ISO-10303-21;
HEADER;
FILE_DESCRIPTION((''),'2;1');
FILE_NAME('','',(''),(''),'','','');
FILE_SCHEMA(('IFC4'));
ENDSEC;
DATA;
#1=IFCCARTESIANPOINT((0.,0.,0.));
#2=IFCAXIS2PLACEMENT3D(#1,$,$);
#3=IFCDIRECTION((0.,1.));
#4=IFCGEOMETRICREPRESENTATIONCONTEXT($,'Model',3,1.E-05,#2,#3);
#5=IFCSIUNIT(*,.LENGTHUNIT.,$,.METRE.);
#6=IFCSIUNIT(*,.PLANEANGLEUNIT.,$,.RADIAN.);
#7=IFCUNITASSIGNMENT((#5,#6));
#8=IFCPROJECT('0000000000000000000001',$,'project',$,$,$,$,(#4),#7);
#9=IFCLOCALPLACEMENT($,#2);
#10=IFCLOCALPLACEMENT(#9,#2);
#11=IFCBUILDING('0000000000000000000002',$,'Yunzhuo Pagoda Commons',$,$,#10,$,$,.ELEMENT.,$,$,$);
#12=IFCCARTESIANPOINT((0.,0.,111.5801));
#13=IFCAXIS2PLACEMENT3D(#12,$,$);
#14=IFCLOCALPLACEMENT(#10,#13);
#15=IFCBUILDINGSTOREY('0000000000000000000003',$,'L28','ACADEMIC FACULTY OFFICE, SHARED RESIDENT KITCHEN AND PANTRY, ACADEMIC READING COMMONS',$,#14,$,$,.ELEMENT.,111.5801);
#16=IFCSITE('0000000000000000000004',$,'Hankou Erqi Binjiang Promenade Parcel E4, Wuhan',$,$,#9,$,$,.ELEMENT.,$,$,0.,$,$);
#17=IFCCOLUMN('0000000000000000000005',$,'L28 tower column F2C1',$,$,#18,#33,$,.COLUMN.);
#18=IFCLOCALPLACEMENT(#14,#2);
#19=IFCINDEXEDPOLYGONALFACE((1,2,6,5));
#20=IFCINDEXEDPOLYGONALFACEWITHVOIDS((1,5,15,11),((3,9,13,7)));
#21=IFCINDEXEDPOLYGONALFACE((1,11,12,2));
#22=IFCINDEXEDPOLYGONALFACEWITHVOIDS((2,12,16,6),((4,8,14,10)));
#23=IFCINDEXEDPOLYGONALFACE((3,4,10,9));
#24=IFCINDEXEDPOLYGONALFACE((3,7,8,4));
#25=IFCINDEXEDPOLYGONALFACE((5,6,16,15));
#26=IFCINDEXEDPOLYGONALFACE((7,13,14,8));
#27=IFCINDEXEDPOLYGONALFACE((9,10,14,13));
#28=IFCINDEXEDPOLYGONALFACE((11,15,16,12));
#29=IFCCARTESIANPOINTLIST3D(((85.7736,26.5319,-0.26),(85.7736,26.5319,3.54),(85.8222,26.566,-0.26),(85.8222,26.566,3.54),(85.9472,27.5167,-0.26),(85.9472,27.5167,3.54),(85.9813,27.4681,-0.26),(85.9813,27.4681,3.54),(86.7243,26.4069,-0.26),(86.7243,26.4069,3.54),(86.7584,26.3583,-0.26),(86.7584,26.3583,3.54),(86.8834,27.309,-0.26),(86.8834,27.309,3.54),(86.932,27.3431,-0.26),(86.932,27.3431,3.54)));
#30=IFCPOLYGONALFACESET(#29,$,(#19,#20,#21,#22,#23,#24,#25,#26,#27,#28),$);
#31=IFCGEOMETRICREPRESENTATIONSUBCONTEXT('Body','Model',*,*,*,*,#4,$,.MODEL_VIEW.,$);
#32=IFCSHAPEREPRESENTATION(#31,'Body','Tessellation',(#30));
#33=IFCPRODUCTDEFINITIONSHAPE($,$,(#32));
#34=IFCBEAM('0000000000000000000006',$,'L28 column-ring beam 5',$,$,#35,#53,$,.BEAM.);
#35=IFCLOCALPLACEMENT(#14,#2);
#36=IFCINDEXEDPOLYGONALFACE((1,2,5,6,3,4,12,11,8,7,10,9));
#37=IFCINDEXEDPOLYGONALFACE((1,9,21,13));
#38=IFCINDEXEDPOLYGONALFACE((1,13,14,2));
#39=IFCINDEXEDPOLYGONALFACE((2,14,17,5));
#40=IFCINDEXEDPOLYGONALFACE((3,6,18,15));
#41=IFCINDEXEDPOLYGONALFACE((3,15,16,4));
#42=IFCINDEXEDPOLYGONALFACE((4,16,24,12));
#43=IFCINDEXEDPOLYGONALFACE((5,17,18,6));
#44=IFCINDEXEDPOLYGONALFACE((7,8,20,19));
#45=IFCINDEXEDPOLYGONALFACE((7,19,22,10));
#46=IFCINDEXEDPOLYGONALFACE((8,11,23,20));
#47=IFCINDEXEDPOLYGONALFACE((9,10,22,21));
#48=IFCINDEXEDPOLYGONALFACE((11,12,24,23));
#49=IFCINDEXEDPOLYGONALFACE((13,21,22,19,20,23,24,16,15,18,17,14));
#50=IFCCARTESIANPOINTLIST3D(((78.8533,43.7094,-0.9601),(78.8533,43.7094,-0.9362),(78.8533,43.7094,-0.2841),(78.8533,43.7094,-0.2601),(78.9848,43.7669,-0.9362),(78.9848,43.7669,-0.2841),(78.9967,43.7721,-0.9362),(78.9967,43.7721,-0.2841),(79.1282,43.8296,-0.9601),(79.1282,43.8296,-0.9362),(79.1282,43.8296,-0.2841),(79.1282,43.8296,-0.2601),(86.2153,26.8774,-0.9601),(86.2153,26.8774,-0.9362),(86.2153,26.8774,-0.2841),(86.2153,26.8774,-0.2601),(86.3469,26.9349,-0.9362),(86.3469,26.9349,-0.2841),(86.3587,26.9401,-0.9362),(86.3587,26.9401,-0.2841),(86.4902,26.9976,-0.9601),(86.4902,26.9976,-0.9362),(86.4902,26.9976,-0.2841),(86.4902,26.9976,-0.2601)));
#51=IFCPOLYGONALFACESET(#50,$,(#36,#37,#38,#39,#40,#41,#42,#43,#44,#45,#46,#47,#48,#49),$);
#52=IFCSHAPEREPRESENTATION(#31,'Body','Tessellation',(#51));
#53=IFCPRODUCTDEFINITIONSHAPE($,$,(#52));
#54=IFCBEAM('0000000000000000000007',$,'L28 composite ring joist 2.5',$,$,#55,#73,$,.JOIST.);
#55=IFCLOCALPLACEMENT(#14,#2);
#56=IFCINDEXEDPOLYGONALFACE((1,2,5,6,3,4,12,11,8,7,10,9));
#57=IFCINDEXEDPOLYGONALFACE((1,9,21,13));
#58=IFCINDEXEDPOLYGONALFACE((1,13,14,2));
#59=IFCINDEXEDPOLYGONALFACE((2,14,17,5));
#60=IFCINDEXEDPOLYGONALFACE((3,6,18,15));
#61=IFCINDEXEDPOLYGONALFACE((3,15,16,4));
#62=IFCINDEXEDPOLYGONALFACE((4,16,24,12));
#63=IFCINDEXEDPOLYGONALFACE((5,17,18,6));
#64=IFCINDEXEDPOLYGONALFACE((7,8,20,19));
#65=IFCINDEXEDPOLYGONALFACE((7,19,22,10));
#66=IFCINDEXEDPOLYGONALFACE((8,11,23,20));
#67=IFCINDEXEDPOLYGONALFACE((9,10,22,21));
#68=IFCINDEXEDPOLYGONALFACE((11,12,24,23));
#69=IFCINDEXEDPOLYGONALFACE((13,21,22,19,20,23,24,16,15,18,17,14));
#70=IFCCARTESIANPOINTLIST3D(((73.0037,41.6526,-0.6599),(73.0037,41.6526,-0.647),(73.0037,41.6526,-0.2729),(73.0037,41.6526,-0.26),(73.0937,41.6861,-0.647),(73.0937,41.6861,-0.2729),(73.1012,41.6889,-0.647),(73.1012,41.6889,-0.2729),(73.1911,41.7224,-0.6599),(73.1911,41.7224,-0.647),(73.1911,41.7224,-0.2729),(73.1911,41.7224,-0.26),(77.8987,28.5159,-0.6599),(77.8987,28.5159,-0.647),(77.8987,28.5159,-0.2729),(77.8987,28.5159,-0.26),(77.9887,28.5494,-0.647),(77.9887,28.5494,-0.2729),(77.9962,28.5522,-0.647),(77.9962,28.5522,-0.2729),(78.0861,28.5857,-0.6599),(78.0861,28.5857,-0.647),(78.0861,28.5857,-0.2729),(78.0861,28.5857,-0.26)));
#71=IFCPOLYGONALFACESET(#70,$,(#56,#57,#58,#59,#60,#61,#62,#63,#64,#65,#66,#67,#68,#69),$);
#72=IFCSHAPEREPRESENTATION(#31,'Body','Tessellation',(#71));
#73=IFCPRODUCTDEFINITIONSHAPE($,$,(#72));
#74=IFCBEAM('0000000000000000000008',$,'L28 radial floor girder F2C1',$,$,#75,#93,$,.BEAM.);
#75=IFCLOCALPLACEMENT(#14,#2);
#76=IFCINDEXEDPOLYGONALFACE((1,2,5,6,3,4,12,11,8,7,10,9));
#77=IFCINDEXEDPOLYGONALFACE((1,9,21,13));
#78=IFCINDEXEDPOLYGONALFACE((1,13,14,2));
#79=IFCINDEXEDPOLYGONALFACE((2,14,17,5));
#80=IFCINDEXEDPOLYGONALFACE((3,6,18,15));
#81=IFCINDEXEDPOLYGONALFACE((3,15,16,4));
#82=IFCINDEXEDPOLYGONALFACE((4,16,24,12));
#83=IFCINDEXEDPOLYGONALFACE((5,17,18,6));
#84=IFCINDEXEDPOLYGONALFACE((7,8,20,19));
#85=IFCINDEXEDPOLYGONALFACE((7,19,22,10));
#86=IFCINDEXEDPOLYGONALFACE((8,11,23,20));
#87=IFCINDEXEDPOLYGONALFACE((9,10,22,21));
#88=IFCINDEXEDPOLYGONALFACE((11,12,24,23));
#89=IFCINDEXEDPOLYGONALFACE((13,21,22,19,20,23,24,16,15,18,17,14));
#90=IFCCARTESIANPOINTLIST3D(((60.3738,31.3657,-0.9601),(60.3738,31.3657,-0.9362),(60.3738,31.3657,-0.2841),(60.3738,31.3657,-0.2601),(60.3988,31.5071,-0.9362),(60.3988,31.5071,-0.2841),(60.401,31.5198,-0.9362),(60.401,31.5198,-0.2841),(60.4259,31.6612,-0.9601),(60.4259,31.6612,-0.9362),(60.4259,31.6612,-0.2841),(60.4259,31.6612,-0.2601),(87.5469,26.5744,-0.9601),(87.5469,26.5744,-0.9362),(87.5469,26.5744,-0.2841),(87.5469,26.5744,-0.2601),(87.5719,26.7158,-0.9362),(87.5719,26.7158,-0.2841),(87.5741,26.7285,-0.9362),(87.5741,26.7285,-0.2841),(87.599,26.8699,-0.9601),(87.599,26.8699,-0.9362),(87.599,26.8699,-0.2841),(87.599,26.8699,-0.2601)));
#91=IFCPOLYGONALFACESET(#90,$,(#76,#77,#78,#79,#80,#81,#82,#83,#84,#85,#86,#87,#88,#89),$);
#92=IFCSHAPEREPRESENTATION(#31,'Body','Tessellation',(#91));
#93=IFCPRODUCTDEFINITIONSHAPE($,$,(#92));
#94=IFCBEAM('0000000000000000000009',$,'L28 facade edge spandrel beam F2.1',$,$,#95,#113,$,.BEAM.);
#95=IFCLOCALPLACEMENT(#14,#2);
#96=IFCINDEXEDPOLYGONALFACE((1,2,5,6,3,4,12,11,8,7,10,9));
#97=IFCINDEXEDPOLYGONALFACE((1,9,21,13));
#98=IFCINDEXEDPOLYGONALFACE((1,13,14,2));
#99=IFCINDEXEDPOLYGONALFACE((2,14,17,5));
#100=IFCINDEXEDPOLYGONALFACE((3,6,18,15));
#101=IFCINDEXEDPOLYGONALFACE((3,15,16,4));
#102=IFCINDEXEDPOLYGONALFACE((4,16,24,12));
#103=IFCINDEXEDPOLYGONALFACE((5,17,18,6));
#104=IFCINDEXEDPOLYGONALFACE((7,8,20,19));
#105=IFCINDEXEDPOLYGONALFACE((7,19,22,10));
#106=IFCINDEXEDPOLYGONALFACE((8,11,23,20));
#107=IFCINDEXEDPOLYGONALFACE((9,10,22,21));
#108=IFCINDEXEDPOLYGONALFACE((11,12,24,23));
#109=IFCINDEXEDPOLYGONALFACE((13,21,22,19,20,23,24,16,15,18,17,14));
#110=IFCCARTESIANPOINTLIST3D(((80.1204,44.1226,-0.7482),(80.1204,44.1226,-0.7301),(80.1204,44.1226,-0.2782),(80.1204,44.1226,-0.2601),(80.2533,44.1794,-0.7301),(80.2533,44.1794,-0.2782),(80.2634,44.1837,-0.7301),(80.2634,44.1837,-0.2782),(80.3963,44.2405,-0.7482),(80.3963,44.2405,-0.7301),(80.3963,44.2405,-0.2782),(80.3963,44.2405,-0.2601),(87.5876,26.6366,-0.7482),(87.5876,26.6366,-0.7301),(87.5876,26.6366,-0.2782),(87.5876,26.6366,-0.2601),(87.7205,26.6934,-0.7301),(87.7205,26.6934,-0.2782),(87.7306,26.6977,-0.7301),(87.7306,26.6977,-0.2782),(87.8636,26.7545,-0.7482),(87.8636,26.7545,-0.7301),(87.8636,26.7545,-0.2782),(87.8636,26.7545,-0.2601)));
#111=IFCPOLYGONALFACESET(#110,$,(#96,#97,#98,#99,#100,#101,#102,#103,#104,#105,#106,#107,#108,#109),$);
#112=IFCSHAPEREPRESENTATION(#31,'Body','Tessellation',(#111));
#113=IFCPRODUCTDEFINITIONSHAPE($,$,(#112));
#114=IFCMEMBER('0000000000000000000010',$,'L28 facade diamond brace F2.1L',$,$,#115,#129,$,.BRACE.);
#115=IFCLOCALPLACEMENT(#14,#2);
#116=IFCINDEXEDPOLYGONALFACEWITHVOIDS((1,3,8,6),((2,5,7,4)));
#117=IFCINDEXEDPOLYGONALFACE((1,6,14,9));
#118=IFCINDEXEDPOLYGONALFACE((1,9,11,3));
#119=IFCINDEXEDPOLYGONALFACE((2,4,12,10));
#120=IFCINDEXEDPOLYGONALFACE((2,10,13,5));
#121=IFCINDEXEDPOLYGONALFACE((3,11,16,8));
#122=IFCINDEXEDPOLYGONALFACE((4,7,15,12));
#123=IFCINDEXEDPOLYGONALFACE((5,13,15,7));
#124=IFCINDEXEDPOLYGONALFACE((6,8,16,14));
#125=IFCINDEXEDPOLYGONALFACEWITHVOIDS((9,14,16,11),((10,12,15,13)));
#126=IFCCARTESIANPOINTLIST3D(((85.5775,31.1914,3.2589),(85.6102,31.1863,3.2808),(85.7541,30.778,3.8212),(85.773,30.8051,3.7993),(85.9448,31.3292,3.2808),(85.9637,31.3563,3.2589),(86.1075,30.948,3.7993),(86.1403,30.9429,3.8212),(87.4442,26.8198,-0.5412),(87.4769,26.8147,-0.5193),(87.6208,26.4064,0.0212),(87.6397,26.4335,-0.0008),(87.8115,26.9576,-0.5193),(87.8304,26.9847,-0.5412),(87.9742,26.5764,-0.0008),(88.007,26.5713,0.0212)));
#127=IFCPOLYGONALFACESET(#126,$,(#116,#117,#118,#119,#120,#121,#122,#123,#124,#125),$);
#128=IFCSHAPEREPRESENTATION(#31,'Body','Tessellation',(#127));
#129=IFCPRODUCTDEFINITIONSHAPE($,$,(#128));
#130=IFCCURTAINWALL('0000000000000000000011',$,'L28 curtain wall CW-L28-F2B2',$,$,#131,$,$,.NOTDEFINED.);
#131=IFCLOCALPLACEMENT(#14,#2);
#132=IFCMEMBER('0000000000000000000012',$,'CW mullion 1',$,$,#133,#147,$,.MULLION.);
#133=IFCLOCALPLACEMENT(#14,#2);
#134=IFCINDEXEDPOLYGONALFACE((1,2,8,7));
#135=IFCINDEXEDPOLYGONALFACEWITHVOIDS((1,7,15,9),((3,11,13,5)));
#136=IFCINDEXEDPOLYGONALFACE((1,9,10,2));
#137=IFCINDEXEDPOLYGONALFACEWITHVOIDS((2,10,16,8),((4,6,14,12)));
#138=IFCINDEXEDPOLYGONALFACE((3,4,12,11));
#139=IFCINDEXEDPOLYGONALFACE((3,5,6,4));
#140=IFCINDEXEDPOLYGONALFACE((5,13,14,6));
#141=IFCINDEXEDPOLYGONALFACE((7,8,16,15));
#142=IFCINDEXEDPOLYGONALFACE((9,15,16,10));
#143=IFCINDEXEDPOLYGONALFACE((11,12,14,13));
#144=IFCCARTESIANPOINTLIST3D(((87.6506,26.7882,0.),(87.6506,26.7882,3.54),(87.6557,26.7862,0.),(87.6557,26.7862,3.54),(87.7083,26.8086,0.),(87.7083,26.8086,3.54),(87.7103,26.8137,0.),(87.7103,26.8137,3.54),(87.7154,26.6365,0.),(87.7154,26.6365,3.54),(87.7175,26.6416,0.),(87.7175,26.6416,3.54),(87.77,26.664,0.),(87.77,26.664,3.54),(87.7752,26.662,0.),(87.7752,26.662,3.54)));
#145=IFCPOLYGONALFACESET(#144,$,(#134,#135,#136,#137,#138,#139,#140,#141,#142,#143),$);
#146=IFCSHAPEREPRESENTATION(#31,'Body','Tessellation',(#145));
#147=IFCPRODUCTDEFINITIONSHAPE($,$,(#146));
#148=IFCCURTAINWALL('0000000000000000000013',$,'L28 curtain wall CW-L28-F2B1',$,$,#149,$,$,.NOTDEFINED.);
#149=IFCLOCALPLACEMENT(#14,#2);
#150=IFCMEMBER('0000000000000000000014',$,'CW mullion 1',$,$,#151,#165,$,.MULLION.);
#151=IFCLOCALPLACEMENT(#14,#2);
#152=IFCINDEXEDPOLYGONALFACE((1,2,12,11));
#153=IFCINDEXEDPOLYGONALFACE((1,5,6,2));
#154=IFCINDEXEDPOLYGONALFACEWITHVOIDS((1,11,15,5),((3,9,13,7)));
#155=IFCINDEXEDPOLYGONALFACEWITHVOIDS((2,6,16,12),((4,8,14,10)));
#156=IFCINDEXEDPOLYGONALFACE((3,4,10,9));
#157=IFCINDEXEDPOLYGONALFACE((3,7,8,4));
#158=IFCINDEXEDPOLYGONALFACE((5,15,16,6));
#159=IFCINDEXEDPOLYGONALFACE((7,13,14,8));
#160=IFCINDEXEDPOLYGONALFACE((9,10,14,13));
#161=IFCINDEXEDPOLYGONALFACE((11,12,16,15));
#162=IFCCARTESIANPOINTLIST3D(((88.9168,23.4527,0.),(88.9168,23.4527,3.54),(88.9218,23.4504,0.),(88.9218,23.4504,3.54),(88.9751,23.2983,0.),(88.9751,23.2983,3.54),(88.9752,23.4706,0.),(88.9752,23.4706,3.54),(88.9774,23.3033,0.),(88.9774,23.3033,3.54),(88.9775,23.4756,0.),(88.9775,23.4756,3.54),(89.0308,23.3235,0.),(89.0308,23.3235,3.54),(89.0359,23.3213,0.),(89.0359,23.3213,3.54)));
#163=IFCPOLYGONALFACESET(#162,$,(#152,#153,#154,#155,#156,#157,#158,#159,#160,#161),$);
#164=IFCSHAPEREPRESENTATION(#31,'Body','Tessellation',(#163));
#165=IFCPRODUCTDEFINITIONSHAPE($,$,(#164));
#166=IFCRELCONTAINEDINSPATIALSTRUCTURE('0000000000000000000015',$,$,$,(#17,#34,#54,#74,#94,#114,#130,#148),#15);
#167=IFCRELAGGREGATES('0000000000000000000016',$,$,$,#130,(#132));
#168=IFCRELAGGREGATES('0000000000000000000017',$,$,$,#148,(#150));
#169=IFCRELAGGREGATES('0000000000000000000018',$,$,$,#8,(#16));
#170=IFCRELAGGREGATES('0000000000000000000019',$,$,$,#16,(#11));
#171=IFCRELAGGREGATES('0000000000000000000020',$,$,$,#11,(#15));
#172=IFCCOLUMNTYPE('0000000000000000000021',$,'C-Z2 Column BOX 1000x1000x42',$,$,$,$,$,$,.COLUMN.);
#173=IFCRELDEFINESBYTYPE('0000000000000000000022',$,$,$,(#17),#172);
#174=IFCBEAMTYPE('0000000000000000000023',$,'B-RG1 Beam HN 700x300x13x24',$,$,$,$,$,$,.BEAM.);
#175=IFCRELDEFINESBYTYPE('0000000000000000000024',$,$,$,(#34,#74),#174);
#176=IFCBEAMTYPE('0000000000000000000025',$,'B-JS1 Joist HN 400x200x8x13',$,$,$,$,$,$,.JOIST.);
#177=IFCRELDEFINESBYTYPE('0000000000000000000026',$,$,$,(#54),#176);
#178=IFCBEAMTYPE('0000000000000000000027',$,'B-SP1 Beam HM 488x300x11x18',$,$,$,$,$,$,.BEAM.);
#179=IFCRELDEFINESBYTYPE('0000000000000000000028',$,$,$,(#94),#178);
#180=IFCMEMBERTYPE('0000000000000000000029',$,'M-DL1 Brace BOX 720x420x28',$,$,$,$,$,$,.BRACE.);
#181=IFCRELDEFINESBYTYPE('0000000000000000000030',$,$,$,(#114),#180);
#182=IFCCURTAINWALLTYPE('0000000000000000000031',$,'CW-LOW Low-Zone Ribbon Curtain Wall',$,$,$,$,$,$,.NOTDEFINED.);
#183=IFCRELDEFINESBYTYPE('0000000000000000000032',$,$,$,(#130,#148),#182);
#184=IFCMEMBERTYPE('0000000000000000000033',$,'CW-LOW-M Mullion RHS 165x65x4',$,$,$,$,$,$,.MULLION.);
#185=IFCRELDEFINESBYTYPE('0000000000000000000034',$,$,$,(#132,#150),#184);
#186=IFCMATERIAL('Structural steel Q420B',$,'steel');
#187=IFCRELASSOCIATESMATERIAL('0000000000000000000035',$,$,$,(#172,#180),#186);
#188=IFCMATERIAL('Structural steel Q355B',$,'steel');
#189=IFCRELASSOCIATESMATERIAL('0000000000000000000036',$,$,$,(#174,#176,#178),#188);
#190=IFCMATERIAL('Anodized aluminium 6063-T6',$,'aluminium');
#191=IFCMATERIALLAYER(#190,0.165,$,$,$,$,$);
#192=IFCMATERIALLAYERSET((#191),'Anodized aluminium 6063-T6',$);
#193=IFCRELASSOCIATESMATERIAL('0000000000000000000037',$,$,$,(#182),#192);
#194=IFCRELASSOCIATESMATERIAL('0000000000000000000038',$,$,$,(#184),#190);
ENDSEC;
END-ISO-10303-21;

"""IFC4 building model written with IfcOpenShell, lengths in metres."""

from ifc_helpers import new_model, si_unit, direction, frame, origin, origin_2d, place, context, subcontext, project, spatial, hollow_rectangle, i_section, extrude, source, transform, mapped, material, layer, layer_set, material_profile, profile_set, type_object, element, aggregate, save


model = new_model("IFC4")

# Units and contexts
model_context = context("Model", 3, precision=1e-05, world=origin(), true_north=direction((0.0, 1.0)))
body_context = subcontext(model_context, "Body", "Model", "MODEL_VIEW")
ifc_project = project(units=[si_unit("LENGTHUNIT", "METRE"), si_unit("PLANEANGLEUNIT", "RADIAN")], contexts=[model_context])

# Site, building, storey
site_placement = place(None, origin())
site = spatial("IfcSite", under=ifc_project, at=site_placement, Name="Hankou Erqi Binjiang Promenade Parcel E4, Wuhan", CompositionType="ELEMENT", RefElevation=0.0)
building_placement = place(site_placement, origin())
building = spatial("IfcBuilding", under=site, at=building_placement, Name="Yunzhuo Pagoda Commons", CompositionType="ELEMENT")
storey_placement = place(building_placement, frame((0.0, 0.0, 111.5801)))
storey = spatial("IfcBuildingStorey", under=building, at=storey_placement, Name="L28", Description="ACADEMIC FACULTY OFFICE, SHARED RESIDENT KITCHEN AND PANTRY, ACADEMIC READING COMMONS", CompositionType="ELEMENT", Elevation=111.5801)

# Column
ifc_material_1 = material(Name="Structural steel Q420B", Category="steel")
ifc_material_profile_1 = material_profile(ifc_material_1, hollow_rectangle(XDim=1.0, YDim=1.0, WallThickness=0.042, at=origin_2d()), Name="Structural steel Q420B")
ifc_profile_set_1 = profile_set([ifc_material_profile_1], Name="Structural steel Q420B")
column_type = type_object("IfcColumnType", Name="C-Z2 Column BOX 1000x1000x42", PredefinedType="COLUMN", material=ifc_profile_set_1)
shared_shape_1 = source(origin(), body_context, "Body", "SweptSolid", [
    extrude(hollow_rectangle(XDim=1.0, YDim=1.0, WallThickness=0.042, at=origin_2d()), origin(), (0.0, 0.0, 1.0), 3.8),
])
column_placement = place(storey_placement, frame((86.3528, 26.9375, -0.26), z_axis=(0.0, 0.0, 1.0), x_axis=(0.173648, 0.984808, 0.0)))
element("IfcColumn", 1, at=column_placement, inside=storey, type_object=column_type, Name="L28 tower column F2C1", PredefinedType="COLUMN", context=body_context, shape_type="MappedRepresentation", body=[
    mapped(shared_shape_1, transform((0.0, 0.0, 0.0), scale=1.0)),
])

# Beams
ifc_material_2 = material(Name="Structural steel Q355B", Category="steel")
ifc_material_profile_2 = material_profile(ifc_material_2, i_section(OverallWidth=0.3, OverallDepth=0.7, WebThickness=0.0129, FlangeThickness=0.0239, at=origin_2d()), Name="Structural steel Q355B")
ifc_profile_set_2 = profile_set([ifc_material_profile_2], Name="Structural steel Q355B")
beam_type_1 = type_object("IfcBeamType", Name="B-RG1 Beam HN 700x300x13x24", PredefinedType="BEAM", material=ifc_profile_set_2)
shared_shape_2 = source(origin(), body_context, "Body", "SweptSolid", [
    extrude(i_section(OverallWidth=0.3, OverallDepth=0.7, WebThickness=0.0129, FlangeThickness=0.0239, at=origin_2d()), origin(), (0.0, 0.0, 1.0), 18.3716),
])
beam_1_placement = place(storey_placement, frame((86.3528, 26.9375, -0.6101), z_axis=(-0.40073, 0.916196, 0.0), x_axis=(-0.916196, -0.40073, 0.0)))
element("IfcBeam", 2, at=beam_1_placement, inside=storey, type_object=beam_type_1, Name="L28 column-ring beam 5", PredefinedType="BEAM", context=body_context, shape_type="MappedRepresentation", body=[
    mapped(shared_shape_2, transform((0.0, 0.0, 0.0), scale=1.0)),
])
ifc_material_profile_3 = material_profile(ifc_material_2, i_section(OverallWidth=0.2, OverallDepth=0.3999, WebThickness=0.0081, FlangeThickness=0.0129, at=origin_2d()), Name="Structural steel Q355B")
ifc_profile_set_3 = profile_set([ifc_material_profile_3], Name="Structural steel Q355B")
beam_type_2 = type_object("IfcBeamType", Name="B-JS1 Joist HN 400x200x8x13", PredefinedType="JOIST", material=ifc_profile_set_3)
shared_shape_3 = source(origin(), body_context, "Body", "SweptSolid", [
    extrude(i_section(OverallWidth=0.2, OverallDepth=0.3999, WebThickness=0.0081, FlangeThickness=0.0129, at=origin_2d()), origin(), (0.0, 0.0, 1.0), 14.019),
])
beam_2_placement = place(storey_placement, frame((77.9924, 28.5508, -0.46), z_axis=(-0.349168, 0.93706, 0.0), x_axis=(-0.93706, -0.349168, 0.0)))
element("IfcBeam", 3, at=beam_2_placement, inside=storey, type_object=beam_type_2, Name="L28 composite ring joist 2.5", PredefinedType="JOIST", context=body_context, shape_type="MappedRepresentation", body=[
    mapped(shared_shape_3, transform((0.0, 0.0, 0.0), scale=1.0)),
])
shared_shape_4 = source(origin(), body_context, "Body", "SweptSolid", [
    extrude(i_section(OverallWidth=0.3, OverallDepth=0.7, WebThickness=0.0129, FlangeThickness=0.0239, at=origin_2d()), origin(), (0.0, 0.0, 1.0), 27.5923),
])
beam_3_placement = place(storey_placement, frame((87.573, 26.7222, -0.6101), z_axis=(-0.984808, 0.173645, 0.0), x_axis=(-0.173645, -0.984808, 0.0)))
element("IfcBeam", 4, at=beam_3_placement, inside=storey, type_object=beam_type_1, Name="L28 radial floor girder F2C1", PredefinedType="BEAM", context=body_context, shape_type="MappedRepresentation", body=[
    mapped(shared_shape_4, transform((0.0, 0.0, 0.0), scale=1.0)),
])
ifc_material_profile_4 = material_profile(ifc_material_2, i_section(OverallWidth=0.3, OverallDepth=0.488, WebThickness=0.011, FlangeThickness=0.0181, at=origin_2d()), Name="Structural steel Q355B")
ifc_profile_set_4 = profile_set([ifc_material_profile_4], Name="Structural steel Q355B")
beam_type_3 = type_object("IfcBeamType", Name="B-SP1 Beam HM 488x300x11x18", PredefinedType="BEAM", material=ifc_profile_set_4)
shared_shape_5 = source(origin(), body_context, "Body", "SweptSolid", [
    extrude(i_section(OverallWidth=0.3, OverallDepth=0.488, WebThickness=0.011, FlangeThickness=0.0181, at=origin_2d()), origin(), (0.0, 0.0, 1.0), 19.0137),
])
beam_4_placement = place(storey_placement, frame((87.7256, 26.6956, -0.5042), z_axis=(-0.39273, 0.919654, 0.0), x_axis=(-0.919654, -0.39273, 0.0)))
element("IfcBeam", 5, at=beam_4_placement, inside=storey, type_object=beam_type_3, Name="L28 facade edge spandrel beam F2.1", PredefinedType="BEAM", context=body_context, shape_type="MappedRepresentation", body=[
    mapped(shared_shape_5, transform((0.0, 0.0, 0.0), scale=1.0)),
])

# Member
ifc_material_profile_5 = material_profile(ifc_material_1, hollow_rectangle(XDim=0.4199, YDim=0.72, WallThickness=0.0281, at=origin_2d()), Name="Structural steel Q420B")
ifc_profile_set_5 = profile_set([ifc_material_profile_5], Name="Structural steel Q420B")
member_type_1 = type_object("IfcMemberType", Name="M-DL1 Brace BOX 720x420x28", PredefinedType="BRACE", material=ifc_profile_set_5)
shared_shape_6 = source(origin(), body_context, "Body", "SweptSolid", [
    extrude(hollow_rectangle(XDim=0.4199, YDim=0.72, WallThickness=0.0281, at=origin_2d()), origin(), (0.0, 0.0, 1.0), 6.0857),
])
member_1_placement = place(storey_placement, frame((87.7256, 26.6956, -0.26), z_axis=(-0.306736, 0.718338, 0.624423), x_axis=(-0.919665, -0.392704, 0.0)))
element("IfcMember", 6, at=member_1_placement, inside=storey, type_object=member_type_1, Name="L28 facade diamond brace F2.1L", PredefinedType="BRACE", context=body_context, shape_type="MappedRepresentation", body=[
    mapped(shared_shape_6, transform((0.0, 0.0, 0.0), scale=1.0)),
])

# Curtain wall, member
ifc_material_3 = material(Name="Anodized aluminium 6063-T6", Category="aluminium")
ifc_layer_1 = layer(ifc_material_3, 0.165)
ifc_layer_set_1 = layer_set([ifc_layer_1], Name="Anodized aluminium 6063-T6")
curtain_wall_type_1 = type_object("IfcCurtainWallType", Name="CW-LOW Low-Zone Ribbon Curtain Wall", PredefinedType="NOTDEFINED", material=ifc_layer_set_1)
curtain_wall_1_placement = place(storey_placement, origin())
curtain_wall_1 = element("IfcCurtainWall", 7, at=curtain_wall_1_placement, inside=storey, type_object=curtain_wall_type_1, Name="L28 curtain wall CW-L28-F2B2", PredefinedType="NOTDEFINED")
ifc_material_profile_6 = material_profile(ifc_material_3, hollow_rectangle(XDim=0.0649, YDim=0.165, WallThickness=0.0039, at=origin_2d()), Name="Anodized aluminium 6063-T6")
ifc_profile_set_6 = profile_set([ifc_material_profile_6], Name="Anodized aluminium 6063-T6")
member_type_2 = type_object("IfcMemberType", Name="CW-LOW-M Mullion RHS 165x65x4", PredefinedType="MULLION", material=ifc_profile_set_6)
shared_shape_7 = source(origin(), body_context, "Body", "SweptSolid", [
    extrude(hollow_rectangle(XDim=0.0649, YDim=0.165, WallThickness=0.0039, at=origin_2d()), origin(), (0.0, 0.0, 1.0), 3.54),
])
member_2_placement = place(storey_placement, frame((87.7129, 26.7251, 0.0), z_axis=(0.0, 0.0, 1.0), x_axis=(-0.919649, -0.392742, 0.0)))
member_2 = element("IfcMember", 8, at=member_2_placement, type_object=member_type_2, Name="CW mullion 1", PredefinedType="MULLION", context=body_context, shape_type="MappedRepresentation", body=[
    mapped(shared_shape_7, transform((0.0, 0.0, 0.0), scale=1.0)),
])

# Curtain wall, member
curtain_wall_2_placement = place(storey_placement, origin())
curtain_wall_2 = element("IfcCurtainWall", 9, at=curtain_wall_2_placement, inside=storey, type_object=curtain_wall_type_1, Name="L28 curtain wall CW-L28-F2B1", PredefinedType="NOTDEFINED")
member_3_placement = place(storey_placement, frame((88.9763, 23.387, 0.0), z_axis=(0.0, 0.0, 1.0), x_axis=(-0.935397, -0.3536, 0.0)))
member_3 = element("IfcMember", 10, at=member_3_placement, type_object=member_type_2, Name="CW mullion 1", PredefinedType="MULLION", context=body_context, shape_type="MappedRepresentation", body=[
    mapped(shared_shape_7, transform((0.0, 0.0, 0.0), scale=1.0)),
])

aggregate(curtain_wall_1, [member_2])
aggregate(curtain_wall_2, [member_3])

save(model, "model.ifc")
